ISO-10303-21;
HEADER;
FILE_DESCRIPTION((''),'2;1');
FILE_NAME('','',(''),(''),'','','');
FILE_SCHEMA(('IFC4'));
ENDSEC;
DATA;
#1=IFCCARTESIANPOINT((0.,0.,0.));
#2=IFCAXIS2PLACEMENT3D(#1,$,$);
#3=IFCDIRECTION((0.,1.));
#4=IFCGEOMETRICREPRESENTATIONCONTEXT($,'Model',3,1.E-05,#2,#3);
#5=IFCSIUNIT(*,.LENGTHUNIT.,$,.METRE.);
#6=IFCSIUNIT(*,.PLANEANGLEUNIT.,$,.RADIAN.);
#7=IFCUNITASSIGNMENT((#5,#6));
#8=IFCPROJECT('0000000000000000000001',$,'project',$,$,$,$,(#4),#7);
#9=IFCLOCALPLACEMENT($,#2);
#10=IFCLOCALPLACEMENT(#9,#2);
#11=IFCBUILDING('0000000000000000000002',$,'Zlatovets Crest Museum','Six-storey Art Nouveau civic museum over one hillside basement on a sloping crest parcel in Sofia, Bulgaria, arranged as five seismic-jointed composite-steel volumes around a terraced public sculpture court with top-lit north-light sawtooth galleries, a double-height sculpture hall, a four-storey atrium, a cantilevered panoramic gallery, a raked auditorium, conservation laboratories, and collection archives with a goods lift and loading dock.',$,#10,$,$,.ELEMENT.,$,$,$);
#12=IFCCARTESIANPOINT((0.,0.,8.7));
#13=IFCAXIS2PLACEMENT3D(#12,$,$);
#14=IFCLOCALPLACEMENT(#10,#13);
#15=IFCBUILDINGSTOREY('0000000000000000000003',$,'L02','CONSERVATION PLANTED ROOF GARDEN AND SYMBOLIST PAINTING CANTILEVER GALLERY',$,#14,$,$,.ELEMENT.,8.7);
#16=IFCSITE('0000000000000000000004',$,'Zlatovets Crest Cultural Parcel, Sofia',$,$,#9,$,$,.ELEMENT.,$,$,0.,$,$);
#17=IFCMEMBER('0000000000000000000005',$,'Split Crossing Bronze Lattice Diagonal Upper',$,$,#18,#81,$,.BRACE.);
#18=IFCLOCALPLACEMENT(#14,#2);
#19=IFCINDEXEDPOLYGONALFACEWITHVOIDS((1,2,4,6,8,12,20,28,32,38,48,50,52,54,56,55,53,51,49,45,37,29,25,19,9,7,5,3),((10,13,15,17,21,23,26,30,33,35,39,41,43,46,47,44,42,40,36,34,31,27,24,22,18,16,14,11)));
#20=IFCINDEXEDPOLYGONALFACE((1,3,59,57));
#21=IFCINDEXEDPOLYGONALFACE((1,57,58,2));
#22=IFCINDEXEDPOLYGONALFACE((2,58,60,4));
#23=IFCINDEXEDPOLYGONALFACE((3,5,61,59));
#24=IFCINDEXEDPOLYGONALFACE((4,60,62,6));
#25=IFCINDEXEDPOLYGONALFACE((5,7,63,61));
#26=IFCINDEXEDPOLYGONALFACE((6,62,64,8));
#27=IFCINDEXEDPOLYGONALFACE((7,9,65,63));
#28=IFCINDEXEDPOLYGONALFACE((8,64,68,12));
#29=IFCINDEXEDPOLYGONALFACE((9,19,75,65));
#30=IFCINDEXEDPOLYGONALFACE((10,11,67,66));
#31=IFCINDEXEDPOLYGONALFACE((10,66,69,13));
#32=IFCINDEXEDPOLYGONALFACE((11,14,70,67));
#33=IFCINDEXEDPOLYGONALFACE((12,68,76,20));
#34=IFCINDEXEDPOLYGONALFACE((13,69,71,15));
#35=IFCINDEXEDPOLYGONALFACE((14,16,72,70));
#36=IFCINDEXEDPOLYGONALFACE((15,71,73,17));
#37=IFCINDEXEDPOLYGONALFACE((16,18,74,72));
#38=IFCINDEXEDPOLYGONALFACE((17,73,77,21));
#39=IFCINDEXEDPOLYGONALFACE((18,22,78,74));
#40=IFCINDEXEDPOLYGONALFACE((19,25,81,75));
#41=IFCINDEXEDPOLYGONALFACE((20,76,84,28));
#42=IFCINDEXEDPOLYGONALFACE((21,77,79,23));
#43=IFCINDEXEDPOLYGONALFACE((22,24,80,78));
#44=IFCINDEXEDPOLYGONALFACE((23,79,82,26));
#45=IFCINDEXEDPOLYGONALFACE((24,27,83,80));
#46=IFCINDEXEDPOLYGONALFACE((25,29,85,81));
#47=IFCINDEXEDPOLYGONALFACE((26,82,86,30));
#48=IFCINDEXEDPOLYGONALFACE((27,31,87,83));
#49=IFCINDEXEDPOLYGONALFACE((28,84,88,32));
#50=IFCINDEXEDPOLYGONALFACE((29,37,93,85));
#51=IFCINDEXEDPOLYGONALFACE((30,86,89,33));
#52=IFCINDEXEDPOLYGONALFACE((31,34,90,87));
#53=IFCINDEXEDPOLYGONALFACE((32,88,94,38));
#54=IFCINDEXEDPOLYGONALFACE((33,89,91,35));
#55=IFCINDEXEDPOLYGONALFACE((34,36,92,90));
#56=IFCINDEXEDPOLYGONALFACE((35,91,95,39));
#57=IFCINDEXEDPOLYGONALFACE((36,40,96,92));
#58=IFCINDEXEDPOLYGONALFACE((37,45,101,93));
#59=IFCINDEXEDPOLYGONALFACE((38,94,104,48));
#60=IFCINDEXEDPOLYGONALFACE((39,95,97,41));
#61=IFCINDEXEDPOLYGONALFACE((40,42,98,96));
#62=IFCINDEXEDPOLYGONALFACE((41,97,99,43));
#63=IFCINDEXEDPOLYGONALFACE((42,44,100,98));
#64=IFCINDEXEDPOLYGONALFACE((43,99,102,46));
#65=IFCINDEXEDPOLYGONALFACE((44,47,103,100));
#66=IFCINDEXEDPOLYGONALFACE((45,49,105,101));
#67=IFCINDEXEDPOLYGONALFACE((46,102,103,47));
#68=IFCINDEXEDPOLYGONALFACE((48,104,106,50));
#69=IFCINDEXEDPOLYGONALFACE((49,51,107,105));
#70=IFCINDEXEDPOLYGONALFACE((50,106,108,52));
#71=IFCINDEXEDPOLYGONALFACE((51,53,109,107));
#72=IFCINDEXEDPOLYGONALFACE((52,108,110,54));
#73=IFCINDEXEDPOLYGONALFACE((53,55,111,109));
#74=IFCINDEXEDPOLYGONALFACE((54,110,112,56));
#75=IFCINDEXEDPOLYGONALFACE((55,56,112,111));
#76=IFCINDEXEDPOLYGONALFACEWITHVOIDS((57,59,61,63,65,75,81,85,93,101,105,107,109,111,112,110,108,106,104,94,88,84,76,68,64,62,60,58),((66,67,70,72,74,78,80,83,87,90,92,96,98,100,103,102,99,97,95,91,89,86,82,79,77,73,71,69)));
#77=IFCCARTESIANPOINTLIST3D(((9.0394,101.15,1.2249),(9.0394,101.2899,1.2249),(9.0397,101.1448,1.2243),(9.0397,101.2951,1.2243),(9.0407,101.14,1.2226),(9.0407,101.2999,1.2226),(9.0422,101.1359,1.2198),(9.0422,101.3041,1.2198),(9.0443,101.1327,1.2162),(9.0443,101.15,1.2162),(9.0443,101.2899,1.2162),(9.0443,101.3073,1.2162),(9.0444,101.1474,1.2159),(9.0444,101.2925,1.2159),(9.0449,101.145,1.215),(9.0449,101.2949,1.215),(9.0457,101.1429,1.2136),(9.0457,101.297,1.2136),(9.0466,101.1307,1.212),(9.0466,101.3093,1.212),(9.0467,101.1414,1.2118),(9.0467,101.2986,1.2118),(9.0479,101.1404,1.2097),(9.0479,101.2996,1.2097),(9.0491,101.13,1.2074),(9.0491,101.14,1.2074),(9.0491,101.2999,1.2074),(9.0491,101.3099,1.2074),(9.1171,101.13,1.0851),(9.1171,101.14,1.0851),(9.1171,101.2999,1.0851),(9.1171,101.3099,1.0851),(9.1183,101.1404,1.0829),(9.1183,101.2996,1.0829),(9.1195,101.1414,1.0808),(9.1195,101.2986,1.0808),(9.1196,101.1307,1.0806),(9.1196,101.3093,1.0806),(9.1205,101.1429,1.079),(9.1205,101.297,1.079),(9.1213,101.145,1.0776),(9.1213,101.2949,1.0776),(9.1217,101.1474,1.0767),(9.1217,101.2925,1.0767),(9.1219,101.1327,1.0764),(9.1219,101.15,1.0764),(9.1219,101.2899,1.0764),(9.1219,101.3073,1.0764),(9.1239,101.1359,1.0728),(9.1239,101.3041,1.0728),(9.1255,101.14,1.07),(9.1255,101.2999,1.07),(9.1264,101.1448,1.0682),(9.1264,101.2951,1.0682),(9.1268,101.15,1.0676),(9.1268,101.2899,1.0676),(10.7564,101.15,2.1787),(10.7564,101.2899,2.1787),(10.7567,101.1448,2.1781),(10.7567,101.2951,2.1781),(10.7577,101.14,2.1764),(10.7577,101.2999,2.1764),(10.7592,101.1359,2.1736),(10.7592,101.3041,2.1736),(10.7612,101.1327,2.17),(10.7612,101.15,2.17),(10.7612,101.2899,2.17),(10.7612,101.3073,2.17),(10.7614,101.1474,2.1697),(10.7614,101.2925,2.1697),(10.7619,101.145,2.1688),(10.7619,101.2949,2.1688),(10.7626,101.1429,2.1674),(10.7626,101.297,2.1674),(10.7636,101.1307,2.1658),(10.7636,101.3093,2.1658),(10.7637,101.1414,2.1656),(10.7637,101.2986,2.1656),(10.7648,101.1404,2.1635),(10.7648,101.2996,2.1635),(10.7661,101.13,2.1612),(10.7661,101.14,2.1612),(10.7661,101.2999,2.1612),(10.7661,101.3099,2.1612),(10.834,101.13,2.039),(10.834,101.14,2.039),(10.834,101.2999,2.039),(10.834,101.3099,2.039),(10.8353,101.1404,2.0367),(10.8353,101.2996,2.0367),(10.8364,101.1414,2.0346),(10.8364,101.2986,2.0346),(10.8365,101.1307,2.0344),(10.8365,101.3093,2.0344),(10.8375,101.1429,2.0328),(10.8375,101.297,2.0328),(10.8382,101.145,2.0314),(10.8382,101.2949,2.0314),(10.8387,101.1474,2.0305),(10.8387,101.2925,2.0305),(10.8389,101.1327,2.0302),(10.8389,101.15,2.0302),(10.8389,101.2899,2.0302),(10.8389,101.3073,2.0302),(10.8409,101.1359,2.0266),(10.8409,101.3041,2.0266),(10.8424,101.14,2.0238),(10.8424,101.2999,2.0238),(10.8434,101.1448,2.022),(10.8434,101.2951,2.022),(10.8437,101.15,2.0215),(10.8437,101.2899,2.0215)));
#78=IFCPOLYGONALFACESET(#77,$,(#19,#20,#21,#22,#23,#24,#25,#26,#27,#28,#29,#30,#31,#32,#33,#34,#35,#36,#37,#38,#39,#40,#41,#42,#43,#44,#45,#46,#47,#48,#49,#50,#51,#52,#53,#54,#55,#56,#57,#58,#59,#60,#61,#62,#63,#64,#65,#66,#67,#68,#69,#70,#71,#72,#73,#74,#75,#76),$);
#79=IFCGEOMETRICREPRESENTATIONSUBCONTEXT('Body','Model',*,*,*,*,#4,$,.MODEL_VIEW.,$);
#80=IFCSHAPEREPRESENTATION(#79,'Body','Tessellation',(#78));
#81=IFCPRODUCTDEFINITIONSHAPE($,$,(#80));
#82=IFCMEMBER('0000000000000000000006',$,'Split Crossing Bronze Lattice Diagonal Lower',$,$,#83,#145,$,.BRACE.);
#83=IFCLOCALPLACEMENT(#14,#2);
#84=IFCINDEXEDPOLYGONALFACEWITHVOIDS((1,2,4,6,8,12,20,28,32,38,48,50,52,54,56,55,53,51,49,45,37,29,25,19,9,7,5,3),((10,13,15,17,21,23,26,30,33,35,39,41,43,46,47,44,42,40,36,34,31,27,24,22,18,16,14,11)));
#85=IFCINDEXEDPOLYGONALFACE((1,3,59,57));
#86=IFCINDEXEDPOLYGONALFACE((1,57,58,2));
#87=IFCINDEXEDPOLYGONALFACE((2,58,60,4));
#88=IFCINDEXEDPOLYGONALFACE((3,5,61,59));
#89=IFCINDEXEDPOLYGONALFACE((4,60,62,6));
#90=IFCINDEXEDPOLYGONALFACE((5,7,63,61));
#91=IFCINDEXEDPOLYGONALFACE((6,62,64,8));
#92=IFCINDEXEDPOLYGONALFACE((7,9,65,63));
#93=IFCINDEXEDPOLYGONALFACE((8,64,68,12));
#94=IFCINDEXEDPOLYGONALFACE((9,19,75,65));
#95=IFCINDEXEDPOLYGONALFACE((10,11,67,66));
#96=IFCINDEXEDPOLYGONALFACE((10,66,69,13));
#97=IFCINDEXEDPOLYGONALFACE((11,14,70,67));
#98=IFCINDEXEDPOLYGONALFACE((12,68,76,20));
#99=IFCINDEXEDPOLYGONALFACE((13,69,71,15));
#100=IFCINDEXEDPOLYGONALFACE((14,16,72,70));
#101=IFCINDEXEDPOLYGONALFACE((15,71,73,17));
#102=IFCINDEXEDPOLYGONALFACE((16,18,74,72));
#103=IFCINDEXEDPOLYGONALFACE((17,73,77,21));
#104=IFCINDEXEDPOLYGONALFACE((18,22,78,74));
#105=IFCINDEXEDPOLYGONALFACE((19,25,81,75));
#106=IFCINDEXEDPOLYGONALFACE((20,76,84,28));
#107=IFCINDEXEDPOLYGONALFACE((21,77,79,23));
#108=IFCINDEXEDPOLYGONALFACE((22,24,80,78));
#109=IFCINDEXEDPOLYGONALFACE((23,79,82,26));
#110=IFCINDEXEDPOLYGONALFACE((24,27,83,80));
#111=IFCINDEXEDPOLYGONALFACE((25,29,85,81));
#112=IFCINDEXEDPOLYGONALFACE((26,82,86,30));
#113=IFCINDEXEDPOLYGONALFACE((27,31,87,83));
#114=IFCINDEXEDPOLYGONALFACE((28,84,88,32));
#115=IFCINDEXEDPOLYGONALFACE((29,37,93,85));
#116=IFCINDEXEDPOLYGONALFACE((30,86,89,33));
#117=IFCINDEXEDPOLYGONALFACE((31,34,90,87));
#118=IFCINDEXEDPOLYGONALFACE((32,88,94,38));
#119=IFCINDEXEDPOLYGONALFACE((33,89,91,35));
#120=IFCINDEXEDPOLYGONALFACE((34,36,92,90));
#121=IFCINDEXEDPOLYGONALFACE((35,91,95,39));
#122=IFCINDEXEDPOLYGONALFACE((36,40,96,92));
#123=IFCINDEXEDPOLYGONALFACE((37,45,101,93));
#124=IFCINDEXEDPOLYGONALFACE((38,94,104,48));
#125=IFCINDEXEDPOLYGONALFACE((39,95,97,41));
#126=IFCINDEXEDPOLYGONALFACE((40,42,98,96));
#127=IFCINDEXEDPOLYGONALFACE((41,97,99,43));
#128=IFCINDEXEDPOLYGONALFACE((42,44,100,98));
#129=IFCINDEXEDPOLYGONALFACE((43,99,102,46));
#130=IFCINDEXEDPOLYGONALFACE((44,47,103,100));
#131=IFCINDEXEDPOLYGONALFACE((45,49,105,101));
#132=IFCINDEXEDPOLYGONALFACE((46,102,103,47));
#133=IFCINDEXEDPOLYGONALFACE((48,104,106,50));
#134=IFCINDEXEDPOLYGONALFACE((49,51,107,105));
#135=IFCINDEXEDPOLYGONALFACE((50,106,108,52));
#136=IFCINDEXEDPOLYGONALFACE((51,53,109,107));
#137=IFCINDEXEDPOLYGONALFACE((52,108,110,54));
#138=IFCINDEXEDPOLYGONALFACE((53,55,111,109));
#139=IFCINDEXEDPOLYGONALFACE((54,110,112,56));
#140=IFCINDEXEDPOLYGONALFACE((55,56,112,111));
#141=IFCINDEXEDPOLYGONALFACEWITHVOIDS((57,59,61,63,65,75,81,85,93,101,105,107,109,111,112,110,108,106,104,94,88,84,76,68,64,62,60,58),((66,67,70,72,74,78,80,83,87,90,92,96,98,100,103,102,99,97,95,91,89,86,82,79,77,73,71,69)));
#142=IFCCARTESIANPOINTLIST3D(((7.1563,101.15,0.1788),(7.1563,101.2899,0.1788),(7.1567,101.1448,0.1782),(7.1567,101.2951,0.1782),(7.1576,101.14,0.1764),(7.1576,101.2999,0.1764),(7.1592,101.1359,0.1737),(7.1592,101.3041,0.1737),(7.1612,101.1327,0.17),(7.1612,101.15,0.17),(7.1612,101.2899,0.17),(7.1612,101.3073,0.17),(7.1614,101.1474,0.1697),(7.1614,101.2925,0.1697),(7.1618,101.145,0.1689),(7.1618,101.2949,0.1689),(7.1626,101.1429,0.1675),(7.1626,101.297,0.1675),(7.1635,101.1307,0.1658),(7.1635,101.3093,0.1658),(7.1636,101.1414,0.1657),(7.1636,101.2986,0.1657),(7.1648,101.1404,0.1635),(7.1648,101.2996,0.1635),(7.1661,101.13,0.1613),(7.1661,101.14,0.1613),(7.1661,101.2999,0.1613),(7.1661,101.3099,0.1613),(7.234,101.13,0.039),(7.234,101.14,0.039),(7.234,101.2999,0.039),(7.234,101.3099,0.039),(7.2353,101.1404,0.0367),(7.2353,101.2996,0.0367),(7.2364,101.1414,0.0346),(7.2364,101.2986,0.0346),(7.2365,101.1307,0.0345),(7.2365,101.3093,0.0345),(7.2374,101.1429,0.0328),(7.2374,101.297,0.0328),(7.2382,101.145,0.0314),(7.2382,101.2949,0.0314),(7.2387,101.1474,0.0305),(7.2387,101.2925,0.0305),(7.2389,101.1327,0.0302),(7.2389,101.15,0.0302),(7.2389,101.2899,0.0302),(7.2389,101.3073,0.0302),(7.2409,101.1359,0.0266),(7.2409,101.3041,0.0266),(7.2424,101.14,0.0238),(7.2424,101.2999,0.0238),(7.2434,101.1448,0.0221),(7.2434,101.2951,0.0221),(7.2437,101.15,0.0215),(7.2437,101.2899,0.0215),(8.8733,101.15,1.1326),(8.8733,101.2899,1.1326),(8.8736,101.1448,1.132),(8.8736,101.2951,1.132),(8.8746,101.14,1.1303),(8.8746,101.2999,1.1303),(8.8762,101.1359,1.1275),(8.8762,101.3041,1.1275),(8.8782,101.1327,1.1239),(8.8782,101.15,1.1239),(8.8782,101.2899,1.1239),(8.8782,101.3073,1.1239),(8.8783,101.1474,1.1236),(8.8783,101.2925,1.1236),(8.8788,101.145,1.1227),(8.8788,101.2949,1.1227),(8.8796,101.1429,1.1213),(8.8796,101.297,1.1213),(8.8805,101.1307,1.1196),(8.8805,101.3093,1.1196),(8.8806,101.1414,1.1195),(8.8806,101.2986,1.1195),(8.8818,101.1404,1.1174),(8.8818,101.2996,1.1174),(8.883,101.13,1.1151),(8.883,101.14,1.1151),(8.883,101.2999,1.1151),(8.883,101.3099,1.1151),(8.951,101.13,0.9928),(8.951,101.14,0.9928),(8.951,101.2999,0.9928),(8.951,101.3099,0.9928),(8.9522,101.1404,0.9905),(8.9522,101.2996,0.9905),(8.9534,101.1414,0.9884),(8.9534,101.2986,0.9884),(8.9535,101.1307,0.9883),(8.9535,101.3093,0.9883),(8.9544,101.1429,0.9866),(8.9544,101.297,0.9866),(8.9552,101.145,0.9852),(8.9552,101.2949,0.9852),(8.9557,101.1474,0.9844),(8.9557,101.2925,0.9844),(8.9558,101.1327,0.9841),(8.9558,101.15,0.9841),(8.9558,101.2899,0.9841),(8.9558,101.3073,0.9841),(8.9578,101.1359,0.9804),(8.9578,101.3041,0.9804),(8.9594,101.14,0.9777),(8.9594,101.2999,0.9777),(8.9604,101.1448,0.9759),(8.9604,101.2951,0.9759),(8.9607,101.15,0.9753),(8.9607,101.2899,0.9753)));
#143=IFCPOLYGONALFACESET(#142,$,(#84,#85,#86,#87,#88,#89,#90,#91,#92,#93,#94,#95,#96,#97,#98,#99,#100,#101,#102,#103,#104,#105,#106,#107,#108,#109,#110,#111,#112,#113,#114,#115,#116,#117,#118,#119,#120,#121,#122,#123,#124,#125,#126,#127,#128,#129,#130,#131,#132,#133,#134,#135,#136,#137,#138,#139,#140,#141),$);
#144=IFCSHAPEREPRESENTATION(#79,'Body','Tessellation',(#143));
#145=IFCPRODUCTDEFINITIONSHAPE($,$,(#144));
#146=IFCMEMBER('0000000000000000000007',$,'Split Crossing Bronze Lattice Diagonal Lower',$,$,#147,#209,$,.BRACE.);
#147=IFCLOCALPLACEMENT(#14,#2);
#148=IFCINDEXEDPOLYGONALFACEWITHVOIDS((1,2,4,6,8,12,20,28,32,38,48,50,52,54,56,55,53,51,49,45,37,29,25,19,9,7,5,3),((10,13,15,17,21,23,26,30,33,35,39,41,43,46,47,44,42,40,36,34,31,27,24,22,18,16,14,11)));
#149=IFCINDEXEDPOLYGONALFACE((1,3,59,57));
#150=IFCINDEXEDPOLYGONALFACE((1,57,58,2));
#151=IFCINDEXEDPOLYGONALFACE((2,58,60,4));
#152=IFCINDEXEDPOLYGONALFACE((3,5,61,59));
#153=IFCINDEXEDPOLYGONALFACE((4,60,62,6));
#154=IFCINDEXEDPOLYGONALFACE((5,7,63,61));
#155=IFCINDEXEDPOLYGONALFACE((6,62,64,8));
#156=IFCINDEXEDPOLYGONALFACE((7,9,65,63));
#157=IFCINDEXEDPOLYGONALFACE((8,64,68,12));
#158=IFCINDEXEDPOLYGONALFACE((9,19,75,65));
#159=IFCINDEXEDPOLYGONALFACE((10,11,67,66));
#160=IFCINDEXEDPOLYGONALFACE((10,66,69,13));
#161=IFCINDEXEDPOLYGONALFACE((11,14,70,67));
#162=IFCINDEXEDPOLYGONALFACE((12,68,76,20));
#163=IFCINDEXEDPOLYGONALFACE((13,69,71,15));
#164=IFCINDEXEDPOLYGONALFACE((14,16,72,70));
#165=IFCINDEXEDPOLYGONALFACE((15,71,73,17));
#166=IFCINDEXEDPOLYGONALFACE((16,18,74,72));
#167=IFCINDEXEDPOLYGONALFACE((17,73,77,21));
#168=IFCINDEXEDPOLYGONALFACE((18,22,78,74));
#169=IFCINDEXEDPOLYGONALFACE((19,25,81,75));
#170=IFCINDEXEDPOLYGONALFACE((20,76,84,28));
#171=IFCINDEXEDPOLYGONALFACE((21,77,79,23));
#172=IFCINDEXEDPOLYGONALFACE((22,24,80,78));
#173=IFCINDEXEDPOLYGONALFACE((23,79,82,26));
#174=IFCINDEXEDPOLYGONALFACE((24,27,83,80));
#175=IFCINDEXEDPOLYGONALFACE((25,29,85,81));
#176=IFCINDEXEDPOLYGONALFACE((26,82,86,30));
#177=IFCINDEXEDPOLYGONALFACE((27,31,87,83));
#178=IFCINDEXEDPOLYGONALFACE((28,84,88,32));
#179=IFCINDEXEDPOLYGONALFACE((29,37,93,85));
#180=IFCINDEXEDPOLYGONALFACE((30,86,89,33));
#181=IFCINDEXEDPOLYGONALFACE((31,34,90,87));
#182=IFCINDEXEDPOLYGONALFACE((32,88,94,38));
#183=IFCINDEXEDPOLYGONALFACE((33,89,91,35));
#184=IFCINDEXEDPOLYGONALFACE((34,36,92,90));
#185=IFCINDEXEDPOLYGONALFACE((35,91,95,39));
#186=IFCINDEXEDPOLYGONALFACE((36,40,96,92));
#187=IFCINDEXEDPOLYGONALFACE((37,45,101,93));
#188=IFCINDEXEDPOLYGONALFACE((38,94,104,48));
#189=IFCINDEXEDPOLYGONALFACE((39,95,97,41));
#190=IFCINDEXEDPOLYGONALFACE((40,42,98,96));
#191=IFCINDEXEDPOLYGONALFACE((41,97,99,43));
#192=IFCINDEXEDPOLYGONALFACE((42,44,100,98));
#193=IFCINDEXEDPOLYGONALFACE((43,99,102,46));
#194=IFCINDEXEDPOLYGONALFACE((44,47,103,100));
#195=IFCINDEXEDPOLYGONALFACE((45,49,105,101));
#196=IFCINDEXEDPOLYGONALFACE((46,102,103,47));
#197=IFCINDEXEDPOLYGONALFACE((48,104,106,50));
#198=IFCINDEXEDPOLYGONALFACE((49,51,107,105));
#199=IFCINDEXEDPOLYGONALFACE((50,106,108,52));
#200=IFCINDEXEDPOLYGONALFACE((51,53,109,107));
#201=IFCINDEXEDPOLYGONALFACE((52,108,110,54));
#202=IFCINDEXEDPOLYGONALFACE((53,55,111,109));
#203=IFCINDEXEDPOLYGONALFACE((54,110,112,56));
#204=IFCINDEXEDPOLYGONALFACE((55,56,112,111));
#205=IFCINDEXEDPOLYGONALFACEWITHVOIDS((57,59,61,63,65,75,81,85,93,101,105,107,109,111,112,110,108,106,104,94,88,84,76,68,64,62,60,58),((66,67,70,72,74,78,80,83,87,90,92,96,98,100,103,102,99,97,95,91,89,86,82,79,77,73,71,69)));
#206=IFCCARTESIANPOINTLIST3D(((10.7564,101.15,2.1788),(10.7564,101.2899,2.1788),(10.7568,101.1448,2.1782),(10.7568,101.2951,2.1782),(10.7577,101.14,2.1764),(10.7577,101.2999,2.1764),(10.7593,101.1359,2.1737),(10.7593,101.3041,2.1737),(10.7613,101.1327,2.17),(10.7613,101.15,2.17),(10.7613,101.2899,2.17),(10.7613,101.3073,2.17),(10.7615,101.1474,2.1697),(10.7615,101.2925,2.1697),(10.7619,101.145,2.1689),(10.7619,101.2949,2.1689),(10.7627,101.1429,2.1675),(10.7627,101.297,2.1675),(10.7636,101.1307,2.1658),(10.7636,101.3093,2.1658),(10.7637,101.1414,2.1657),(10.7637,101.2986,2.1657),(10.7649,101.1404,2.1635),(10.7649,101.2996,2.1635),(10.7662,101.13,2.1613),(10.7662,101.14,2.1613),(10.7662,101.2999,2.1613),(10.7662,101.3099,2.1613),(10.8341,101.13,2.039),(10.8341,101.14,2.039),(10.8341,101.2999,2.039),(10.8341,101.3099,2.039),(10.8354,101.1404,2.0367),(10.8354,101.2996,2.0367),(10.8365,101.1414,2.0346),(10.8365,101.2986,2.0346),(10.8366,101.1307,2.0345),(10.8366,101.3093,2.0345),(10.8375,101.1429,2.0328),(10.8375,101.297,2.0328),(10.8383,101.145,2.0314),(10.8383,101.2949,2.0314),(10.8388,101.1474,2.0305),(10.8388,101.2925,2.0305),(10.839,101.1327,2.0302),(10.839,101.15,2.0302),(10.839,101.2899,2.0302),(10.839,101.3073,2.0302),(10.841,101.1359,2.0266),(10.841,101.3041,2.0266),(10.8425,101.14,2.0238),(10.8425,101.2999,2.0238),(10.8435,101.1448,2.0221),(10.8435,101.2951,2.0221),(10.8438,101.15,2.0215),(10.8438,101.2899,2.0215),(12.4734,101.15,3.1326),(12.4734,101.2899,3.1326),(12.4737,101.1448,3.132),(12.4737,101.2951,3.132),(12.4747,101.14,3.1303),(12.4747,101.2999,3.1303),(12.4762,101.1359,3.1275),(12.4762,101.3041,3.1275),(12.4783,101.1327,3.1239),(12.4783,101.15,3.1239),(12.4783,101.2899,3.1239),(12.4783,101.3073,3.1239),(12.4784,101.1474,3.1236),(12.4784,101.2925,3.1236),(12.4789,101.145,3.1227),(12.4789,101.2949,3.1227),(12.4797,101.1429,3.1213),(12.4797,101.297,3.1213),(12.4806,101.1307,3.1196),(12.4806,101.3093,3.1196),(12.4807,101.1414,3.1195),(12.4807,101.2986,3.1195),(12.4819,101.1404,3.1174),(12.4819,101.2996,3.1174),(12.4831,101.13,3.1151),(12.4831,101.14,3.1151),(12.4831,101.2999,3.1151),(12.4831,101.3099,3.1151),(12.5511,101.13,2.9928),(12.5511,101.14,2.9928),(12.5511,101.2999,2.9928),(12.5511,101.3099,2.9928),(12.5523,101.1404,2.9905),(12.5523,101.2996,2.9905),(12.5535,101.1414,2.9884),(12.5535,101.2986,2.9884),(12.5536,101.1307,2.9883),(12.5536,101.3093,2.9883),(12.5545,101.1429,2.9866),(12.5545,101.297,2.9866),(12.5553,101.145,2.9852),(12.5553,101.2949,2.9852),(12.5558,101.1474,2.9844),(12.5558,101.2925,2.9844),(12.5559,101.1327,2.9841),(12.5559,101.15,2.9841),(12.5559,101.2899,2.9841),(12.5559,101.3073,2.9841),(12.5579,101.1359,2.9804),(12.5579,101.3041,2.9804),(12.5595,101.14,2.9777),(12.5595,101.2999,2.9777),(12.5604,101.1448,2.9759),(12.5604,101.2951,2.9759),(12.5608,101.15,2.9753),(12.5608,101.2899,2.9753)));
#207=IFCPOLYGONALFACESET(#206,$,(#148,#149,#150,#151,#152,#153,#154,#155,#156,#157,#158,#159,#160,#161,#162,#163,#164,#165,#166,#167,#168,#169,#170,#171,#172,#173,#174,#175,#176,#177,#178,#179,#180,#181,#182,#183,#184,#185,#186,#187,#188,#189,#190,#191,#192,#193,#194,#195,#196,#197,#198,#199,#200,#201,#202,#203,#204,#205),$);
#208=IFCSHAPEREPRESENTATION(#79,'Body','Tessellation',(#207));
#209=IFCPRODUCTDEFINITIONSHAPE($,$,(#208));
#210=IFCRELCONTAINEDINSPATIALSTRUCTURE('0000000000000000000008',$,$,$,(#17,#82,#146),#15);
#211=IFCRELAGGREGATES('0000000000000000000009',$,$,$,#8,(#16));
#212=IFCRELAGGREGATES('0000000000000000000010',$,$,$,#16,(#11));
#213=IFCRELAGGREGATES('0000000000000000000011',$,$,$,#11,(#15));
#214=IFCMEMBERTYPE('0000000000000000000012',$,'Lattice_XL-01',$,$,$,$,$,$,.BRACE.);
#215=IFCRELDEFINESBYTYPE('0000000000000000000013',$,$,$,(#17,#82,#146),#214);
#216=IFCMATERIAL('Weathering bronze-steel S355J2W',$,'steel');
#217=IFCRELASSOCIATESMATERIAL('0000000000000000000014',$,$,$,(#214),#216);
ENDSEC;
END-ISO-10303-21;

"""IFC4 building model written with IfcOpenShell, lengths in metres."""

from ifc_helpers import new_model, si_unit, direction, frame, origin, origin_2d, place, context, subcontext, project, spatial, hollow_rectangle, extrude, material, material_profile, profile_set, type_object, element, save


model = new_model("IFC4")

# Units and contexts
model_context = context("Model", 3, precision=1e-05, world=origin(), true_north=direction((0.0, 1.0)))
body_context = subcontext(model_context, "Body", "Model", "MODEL_VIEW")
ifc_project = project(units=[si_unit("LENGTHUNIT", "METRE"), si_unit("PLANEANGLEUNIT", "RADIAN")], contexts=[model_context])

# Site, building, storey
site_placement = place(None, origin())
site = spatial("IfcSite", under=ifc_project, at=site_placement, Name="Zlatovets Crest Cultural Parcel, Sofia", CompositionType="ELEMENT", RefElevation=0.0)
building_placement = place(site_placement, origin())
building = spatial("IfcBuilding", under=site, at=building_placement, Name="Zlatovets Crest Museum", Description="Six-storey Art Nouveau civic museum over one hillside basement on a sloping crest parcel in Sofia, Bulgaria, arranged as five seismic-jointed composite-steel volumes around a terraced public sculpture court with top-lit north-light sawtooth galleries, a double-height sculpture hall, a four-storey atrium, a cantilevered panoramic gallery, a raked auditorium, conservation laboratories, and collection archives with a goods lift and loading dock.", CompositionType="ELEMENT")
storey_placement = place(building_placement, frame((0.0, 0.0, 8.7)))
storey = spatial("IfcBuildingStorey", under=building, at=storey_placement, Name="L02", Description="CONSERVATION PLANTED ROOF GARDEN AND SYMBOLIST PAINTING CANTILEVER GALLERY", CompositionType="ELEMENT", Elevation=8.7)

# Members
ifc_material_1 = material(Name="Weathering bronze-steel S355J2W", Category="steel")
ifc_material_profile_1 = material_profile(ifc_material_1, hollow_rectangle(XDim=0.1799, YDim=0.1799, WallThickness=0.01, InnerFilletRadius=0.01, OuterFilletRadius=0.02, at=origin_2d()), Name="SHS 180x180x10.0")
ifc_profile_set_1 = profile_set([ifc_material_profile_1], Name="Weathering bronze-steel S355J2W")
member_type_1 = type_object("IfcMemberType", Name="Lattice_XL-01", PredefinedType="BRACE", material=ifc_profile_set_1)
for number, where, z_axis, x_axis, name in (
    (1, (10.8, 101.22, 2.1001), (-0.874169, 0.0, -0.485622), (0.0, -1.0, 0.0), "Split Crossing Bronze Lattice Diagonal Upper"),
    (2, (8.917, 101.22, 1.054), (-0.874169, 0.0, -0.485622), (0.0, -1.0, 0.0), "Split Crossing Bronze Lattice Diagonal Lower"),
    (3, (12.5171, 101.22, 3.054), (-0.874169, 0.0, -0.485622), (0.0, -1.0, 0.0), "Split Crossing Bronze Lattice Diagonal Lower"),
):
    element("IfcMember", number, at=place(storey_placement, frame(where, z_axis=z_axis, x_axis=x_axis)), inside=storey, type_object=member_type_1, Name=name, PredefinedType="BRACE", context=body_context, shape_type="SweptSolid", body=[
        extrude(hollow_rectangle(XDim=0.1799, YDim=0.1799, WallThickness=0.01, InnerFilletRadius=0.01, OuterFilletRadius=0.02, at=origin_2d()), origin(), (0.0, 0.0, 1.0), 1.9641),
    ])

save(model, "model.ifc")
